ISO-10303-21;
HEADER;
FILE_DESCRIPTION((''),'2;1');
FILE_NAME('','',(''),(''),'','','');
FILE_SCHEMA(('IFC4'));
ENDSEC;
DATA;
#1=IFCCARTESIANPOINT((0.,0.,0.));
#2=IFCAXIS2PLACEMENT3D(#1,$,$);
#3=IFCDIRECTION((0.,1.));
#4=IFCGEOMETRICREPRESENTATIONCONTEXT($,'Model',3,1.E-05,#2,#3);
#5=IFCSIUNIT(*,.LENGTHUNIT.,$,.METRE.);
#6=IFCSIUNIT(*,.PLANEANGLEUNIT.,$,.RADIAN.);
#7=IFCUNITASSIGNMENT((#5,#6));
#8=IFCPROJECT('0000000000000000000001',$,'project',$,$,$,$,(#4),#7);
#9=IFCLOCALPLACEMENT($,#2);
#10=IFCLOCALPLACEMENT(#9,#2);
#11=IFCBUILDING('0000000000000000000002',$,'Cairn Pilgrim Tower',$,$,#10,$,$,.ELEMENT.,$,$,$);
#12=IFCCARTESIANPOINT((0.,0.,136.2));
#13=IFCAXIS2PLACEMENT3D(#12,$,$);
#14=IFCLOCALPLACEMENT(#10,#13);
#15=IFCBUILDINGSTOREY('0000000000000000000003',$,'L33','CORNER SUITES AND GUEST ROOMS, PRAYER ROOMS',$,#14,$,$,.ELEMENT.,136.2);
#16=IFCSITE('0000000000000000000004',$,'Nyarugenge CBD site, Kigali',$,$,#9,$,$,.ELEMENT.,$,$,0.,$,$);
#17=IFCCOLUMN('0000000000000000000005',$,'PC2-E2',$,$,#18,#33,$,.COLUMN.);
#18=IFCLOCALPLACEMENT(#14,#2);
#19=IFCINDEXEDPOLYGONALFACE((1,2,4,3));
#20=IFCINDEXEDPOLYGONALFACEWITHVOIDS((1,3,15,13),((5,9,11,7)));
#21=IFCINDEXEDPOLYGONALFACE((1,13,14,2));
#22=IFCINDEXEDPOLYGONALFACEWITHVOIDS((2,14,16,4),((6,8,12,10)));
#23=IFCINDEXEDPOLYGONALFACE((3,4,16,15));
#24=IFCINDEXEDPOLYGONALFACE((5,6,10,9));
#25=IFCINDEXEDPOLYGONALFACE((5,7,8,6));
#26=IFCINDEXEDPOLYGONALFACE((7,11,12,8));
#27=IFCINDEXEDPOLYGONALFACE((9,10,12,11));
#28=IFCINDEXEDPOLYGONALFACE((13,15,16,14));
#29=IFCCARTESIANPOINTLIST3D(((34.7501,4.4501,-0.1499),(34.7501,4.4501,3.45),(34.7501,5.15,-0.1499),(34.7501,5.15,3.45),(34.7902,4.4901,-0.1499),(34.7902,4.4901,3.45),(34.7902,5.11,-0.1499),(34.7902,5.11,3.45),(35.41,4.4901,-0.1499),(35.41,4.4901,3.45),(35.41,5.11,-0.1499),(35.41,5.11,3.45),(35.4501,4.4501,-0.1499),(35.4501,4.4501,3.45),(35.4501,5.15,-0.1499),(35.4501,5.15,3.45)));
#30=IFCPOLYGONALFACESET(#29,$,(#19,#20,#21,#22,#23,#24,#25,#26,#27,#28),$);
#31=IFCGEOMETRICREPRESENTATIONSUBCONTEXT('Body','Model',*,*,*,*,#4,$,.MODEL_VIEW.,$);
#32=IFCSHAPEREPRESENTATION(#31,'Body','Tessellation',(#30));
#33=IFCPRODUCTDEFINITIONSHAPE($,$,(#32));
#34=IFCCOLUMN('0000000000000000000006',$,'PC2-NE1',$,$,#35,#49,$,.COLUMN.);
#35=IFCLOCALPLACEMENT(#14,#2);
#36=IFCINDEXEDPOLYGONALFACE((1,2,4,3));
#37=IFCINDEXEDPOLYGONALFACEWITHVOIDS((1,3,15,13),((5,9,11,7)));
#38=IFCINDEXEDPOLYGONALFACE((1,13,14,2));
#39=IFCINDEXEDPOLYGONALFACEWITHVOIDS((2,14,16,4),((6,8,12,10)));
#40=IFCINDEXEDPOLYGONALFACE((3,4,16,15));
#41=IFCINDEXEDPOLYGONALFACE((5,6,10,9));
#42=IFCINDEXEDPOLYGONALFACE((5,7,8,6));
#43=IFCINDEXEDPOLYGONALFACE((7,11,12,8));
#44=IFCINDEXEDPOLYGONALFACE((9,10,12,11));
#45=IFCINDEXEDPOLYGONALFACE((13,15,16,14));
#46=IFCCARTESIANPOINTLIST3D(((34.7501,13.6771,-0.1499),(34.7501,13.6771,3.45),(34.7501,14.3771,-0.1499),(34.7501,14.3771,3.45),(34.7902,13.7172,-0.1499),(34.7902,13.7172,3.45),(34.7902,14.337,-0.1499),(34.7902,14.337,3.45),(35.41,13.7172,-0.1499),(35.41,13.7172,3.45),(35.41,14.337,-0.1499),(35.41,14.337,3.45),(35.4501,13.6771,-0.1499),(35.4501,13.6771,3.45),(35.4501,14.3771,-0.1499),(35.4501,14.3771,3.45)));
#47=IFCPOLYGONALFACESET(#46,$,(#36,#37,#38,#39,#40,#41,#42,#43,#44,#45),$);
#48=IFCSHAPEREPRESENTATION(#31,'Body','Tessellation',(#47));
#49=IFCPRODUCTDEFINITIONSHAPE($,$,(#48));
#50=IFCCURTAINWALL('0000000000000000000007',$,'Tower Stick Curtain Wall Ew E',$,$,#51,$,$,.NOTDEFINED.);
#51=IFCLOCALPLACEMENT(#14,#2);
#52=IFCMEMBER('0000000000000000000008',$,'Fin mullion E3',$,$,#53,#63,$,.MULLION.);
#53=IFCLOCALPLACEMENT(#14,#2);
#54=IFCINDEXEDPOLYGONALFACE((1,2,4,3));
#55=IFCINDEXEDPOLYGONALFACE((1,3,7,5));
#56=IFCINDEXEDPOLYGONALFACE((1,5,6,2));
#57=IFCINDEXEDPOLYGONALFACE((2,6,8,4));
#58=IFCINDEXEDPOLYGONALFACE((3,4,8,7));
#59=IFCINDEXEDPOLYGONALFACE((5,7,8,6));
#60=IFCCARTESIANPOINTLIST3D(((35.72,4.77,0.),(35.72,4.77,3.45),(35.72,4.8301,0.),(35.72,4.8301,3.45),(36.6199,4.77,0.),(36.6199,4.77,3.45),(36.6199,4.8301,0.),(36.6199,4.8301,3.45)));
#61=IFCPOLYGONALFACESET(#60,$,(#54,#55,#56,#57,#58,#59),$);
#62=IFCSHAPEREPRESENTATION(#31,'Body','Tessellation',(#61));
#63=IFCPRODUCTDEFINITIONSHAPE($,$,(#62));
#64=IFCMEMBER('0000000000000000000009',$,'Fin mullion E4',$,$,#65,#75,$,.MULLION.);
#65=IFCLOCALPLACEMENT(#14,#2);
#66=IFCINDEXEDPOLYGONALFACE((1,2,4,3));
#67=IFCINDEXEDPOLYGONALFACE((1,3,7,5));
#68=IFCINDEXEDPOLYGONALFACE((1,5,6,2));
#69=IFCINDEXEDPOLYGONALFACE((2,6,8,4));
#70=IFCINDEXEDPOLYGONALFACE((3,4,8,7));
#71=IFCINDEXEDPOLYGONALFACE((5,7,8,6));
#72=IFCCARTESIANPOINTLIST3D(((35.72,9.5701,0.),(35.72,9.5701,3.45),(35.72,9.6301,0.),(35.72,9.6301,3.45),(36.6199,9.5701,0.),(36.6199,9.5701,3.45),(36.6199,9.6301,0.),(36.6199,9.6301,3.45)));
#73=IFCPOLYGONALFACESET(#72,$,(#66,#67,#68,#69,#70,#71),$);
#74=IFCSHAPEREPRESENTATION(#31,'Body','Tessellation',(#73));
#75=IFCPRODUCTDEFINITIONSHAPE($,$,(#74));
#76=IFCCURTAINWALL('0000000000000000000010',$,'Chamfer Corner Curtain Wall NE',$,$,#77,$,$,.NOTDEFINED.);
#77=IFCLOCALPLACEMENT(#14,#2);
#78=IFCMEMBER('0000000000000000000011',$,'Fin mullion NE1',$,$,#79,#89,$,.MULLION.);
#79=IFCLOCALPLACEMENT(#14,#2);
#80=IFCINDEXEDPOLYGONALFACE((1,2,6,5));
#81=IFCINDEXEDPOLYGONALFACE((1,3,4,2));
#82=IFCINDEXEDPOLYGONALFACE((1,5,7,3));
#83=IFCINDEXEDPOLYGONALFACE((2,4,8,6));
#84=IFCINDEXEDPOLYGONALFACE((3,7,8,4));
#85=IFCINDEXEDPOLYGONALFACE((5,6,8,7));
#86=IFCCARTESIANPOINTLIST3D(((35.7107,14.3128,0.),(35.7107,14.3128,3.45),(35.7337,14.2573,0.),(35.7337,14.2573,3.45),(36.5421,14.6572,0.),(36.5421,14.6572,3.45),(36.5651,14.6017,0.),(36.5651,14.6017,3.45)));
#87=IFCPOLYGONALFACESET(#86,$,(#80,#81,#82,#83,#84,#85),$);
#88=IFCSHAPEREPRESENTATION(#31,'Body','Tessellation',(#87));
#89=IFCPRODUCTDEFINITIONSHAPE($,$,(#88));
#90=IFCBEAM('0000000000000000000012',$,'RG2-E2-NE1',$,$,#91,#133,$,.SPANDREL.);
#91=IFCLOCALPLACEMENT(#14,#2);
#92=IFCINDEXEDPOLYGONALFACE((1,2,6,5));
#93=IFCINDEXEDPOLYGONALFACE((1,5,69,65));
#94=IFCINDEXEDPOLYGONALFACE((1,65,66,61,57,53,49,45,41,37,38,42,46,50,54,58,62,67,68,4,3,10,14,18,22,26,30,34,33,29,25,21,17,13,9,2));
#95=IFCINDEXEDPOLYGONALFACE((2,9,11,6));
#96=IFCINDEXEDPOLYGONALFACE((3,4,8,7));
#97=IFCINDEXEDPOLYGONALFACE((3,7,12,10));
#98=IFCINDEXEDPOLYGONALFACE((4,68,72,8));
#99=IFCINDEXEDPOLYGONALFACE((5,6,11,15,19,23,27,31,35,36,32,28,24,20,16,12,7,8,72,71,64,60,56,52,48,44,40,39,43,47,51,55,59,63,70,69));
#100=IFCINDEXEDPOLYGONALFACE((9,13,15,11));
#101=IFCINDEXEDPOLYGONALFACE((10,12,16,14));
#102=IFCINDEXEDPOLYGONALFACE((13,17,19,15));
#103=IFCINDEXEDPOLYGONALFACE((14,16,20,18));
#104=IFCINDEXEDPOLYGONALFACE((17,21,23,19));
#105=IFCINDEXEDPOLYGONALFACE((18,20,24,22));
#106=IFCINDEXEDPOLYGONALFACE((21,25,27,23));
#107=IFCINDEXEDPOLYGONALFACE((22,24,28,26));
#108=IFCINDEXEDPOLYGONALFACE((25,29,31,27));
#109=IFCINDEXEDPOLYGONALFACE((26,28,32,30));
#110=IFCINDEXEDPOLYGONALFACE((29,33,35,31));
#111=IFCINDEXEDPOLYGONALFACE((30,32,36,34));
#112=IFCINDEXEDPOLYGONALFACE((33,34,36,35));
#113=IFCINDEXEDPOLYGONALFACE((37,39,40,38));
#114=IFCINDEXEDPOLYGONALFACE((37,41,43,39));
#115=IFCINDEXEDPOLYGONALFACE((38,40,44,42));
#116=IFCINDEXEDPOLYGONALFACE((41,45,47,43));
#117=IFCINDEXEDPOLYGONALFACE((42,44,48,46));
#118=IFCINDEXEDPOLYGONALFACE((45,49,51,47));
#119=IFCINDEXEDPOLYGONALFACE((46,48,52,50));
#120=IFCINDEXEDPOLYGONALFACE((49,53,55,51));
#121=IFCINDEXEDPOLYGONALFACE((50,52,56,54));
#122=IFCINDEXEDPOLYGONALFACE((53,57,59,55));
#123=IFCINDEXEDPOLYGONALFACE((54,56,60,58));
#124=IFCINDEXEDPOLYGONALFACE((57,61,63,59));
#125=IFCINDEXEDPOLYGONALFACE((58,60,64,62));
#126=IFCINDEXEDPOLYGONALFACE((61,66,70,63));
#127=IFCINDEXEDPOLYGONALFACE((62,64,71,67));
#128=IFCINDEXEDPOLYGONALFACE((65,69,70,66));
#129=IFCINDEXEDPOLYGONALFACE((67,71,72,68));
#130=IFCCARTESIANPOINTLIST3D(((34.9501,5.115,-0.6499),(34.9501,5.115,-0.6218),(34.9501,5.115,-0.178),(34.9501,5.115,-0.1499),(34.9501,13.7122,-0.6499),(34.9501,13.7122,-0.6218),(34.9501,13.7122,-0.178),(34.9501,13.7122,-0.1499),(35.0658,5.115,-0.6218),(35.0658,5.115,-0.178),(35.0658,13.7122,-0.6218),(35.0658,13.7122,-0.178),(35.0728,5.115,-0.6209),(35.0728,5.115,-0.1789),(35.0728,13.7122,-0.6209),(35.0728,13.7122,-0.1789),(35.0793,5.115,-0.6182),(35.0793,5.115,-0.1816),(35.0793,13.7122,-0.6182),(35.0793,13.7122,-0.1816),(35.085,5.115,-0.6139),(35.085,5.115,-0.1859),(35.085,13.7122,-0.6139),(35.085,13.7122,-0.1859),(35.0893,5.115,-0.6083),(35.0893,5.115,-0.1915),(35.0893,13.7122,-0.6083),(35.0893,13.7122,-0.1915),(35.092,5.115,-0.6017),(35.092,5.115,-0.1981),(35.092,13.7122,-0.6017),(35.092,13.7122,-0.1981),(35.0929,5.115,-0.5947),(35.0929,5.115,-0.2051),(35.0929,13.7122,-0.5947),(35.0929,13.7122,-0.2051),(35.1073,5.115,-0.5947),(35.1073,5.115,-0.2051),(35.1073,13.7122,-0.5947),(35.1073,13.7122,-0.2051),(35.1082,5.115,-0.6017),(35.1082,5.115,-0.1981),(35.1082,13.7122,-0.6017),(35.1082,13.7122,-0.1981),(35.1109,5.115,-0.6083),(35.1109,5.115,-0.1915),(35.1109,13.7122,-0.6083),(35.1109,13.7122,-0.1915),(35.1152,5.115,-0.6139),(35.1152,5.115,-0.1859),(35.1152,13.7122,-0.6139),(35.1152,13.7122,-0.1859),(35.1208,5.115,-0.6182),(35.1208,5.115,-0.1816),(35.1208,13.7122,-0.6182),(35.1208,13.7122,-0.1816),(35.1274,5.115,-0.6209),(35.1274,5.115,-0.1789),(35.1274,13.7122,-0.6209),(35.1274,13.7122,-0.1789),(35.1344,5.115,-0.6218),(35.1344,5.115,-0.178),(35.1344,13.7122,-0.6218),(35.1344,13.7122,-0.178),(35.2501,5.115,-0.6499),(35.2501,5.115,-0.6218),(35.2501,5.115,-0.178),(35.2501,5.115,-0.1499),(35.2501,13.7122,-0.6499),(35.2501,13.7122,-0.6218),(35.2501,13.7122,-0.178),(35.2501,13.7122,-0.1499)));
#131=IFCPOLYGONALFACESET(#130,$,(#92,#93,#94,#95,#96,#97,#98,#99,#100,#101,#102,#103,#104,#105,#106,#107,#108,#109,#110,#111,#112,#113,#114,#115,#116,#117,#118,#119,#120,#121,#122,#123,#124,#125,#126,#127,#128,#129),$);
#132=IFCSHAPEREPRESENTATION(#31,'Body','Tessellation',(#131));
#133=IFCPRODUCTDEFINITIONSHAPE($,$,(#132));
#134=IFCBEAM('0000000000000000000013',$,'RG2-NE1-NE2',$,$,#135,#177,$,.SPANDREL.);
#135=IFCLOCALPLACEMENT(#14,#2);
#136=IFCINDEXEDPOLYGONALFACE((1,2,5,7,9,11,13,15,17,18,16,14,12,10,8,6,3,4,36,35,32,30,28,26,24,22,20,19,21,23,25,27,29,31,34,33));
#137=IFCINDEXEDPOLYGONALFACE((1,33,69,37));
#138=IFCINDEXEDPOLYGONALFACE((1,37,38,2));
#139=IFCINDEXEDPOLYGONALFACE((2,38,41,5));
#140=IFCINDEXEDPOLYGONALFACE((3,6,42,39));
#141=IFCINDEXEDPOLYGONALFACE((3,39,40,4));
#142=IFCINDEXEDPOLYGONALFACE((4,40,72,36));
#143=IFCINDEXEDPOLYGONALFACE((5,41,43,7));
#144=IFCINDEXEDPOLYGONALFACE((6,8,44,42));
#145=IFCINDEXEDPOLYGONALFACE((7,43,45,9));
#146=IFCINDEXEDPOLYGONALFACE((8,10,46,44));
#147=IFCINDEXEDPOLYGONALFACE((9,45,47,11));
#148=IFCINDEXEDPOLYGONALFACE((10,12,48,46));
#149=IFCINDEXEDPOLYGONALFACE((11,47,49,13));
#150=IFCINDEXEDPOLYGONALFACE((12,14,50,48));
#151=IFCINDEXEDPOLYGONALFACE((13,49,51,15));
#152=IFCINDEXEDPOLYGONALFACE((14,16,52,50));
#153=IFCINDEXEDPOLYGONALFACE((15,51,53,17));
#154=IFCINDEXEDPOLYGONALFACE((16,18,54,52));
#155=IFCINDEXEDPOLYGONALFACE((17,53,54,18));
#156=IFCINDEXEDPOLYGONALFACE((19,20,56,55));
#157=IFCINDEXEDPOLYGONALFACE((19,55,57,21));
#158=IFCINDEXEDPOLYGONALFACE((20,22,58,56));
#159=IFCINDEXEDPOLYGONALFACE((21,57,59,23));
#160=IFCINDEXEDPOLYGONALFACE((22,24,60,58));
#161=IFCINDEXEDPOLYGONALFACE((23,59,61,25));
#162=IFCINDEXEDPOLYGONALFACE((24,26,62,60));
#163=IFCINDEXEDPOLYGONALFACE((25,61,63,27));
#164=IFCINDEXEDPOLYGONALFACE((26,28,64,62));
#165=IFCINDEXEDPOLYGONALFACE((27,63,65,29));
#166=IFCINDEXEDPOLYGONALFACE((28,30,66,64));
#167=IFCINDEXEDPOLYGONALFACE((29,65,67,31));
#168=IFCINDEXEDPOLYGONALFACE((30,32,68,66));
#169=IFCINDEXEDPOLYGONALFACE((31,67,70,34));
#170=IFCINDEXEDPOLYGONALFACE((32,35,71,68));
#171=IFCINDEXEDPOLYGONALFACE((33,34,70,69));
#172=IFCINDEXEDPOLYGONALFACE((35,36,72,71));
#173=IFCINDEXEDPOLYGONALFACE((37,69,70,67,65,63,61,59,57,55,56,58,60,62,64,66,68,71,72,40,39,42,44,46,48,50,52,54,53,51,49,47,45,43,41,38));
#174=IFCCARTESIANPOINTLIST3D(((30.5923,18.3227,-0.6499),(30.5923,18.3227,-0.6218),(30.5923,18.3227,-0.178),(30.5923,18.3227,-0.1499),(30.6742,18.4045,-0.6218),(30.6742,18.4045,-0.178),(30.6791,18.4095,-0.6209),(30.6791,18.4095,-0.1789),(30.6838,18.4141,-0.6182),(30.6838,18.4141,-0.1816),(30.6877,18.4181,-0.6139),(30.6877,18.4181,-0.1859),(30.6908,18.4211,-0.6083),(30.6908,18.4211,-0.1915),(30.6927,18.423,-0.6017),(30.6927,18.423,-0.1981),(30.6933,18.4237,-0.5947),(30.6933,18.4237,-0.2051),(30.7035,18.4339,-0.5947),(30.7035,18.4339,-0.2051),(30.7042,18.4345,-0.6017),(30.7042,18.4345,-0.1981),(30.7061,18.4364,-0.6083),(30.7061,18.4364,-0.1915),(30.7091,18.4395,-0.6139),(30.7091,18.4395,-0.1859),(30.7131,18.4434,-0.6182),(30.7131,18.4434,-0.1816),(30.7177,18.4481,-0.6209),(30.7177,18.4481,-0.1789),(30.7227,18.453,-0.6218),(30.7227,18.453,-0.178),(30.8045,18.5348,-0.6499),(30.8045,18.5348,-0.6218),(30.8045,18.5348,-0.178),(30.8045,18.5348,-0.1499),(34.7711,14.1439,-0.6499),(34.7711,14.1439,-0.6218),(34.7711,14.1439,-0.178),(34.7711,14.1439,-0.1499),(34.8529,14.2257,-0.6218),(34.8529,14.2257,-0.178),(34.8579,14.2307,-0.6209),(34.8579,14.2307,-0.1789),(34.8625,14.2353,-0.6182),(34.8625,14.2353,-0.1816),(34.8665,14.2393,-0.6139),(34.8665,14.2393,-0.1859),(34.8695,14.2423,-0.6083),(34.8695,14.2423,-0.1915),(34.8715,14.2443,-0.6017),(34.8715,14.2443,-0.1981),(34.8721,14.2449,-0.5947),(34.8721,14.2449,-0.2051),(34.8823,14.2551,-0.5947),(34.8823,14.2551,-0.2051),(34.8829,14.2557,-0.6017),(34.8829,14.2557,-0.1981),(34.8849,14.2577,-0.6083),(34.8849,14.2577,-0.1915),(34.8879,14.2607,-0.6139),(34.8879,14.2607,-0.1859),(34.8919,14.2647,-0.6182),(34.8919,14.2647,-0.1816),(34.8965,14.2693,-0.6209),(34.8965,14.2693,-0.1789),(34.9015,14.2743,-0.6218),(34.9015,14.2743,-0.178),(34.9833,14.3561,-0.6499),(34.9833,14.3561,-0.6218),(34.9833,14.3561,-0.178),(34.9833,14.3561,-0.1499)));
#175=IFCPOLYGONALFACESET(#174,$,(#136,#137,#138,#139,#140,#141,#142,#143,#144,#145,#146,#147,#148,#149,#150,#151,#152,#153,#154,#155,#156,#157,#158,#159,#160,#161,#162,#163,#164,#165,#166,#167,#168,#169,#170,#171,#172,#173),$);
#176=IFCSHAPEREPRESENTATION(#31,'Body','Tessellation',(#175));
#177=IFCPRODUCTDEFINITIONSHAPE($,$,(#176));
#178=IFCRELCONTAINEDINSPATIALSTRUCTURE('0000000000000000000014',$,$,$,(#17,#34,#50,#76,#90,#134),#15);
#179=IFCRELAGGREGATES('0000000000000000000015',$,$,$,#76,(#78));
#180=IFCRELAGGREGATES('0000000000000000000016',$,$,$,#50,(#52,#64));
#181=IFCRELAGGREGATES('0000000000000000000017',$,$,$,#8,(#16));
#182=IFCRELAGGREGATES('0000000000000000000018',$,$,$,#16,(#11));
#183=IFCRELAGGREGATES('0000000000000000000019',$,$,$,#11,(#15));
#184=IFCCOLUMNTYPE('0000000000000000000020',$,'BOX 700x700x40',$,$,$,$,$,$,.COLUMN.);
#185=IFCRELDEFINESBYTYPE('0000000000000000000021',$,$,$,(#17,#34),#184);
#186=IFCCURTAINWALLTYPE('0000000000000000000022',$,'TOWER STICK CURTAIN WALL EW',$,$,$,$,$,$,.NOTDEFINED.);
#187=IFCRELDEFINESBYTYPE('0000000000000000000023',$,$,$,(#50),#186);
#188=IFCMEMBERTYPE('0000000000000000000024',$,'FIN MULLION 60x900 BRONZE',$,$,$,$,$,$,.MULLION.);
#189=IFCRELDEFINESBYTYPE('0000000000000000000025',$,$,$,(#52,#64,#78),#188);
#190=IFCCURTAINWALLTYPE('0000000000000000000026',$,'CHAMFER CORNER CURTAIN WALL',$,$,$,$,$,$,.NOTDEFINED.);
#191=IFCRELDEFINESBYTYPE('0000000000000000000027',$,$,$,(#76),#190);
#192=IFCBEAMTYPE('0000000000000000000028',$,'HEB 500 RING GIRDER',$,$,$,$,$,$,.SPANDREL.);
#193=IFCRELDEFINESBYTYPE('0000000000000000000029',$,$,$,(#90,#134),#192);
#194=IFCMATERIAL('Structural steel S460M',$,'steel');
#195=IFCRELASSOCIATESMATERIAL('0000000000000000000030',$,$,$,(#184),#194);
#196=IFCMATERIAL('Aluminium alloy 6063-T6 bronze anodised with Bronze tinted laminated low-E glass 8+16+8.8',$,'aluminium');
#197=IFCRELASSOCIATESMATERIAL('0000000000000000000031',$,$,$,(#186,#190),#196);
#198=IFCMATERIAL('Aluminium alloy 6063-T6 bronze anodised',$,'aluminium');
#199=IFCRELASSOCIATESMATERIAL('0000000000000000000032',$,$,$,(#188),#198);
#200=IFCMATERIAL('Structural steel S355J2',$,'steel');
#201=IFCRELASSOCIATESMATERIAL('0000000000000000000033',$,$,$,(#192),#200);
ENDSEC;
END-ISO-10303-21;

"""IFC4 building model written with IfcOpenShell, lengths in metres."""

from ifc_helpers import new_model, si_unit, direction, frame, origin, origin_2d, place, context, subcontext, project, spatial, rectangle, hollow_rectangle, i_section, extrude, material, material_profile, profile_set, type_object, element, aggregate, save


model = new_model("IFC4")

# Units and contexts
model_context = context("Model", 3, precision=1e-05, world=origin(), true_north=direction((0.0, 1.0)))
body_context = subcontext(model_context, "Body", "Model", "MODEL_VIEW")
ifc_project = project(units=[si_unit("LENGTHUNIT", "METRE"), si_unit("PLANEANGLEUNIT", "RADIAN")], contexts=[model_context])

# Site, building, storey
site_placement = place(None, origin())
site = spatial("IfcSite", under=ifc_project, at=site_placement, Name="Nyarugenge CBD site, Kigali", CompositionType="ELEMENT", RefElevation=0.0)
building_placement = place(site_placement, origin())
building = spatial("IfcBuilding", under=site, at=building_placement, Name="Cairn Pilgrim Tower", CompositionType="ELEMENT")
storey_placement = place(building_placement, frame((0.0, 0.0, 136.2)))
storey = spatial("IfcBuildingStorey", under=building, at=storey_placement, Name="L33", Description="CORNER SUITES AND GUEST ROOMS, PRAYER ROOMS", CompositionType="ELEMENT", Elevation=136.2)

# Columns
ifc_material_1 = material(Name="Structural steel S460M", Category="steel")
ifc_material_profile_1 = material_profile(ifc_material_1, hollow_rectangle(XDim=0.7, YDim=0.7, WallThickness=0.04, at=origin_2d()), Name="BOX 700x700x40")
ifc_profile_set_1 = profile_set([ifc_material_profile_1], Name="Structural steel S460M")
column_type = type_object("IfcColumnType", Name="BOX 700x700x40", PredefinedType="COLUMN", material=ifc_profile_set_1)
for number, where, z_axis, x_axis, name in (
    (1, (35.1001, 4.8, -0.1499), (0.0, 0.0, 1.0), (1.0, 0.0, 0.0), "PC2-E2"),
    (2, (35.1001, 14.0271, -0.1499), (0.0, 0.0, 1.0), (1.0, 0.0, 0.0), "PC2-NE1"),
):
    element("IfcColumn", number, at=place(storey_placement, frame(where, z_axis=z_axis, x_axis=x_axis)), inside=storey, type_object=column_type, Name=name, PredefinedType="COLUMN", context=body_context, shape_type="SweptSolid", body=[
        extrude(hollow_rectangle(XDim=0.7, YDim=0.7, WallThickness=0.04, at=origin_2d()), origin(), (0.0, 0.0, 1.0), 3.5999),
    ])

# Curtain wall, members
ifc_material_2 = material(Name="Aluminium alloy 6063-T6 bronze anodised with Bronze tinted laminated low-E glass 8+16+8.8", Category="aluminium")
curtain_wall_type_1 = type_object("IfcCurtainWallType", Name="TOWER STICK CURTAIN WALL EW", PredefinedType="NOTDEFINED", material=ifc_material_2)
curtain_wall_1_placement = place(storey_placement, origin())
curtain_wall_1 = element("IfcCurtainWall", 3, at=curtain_wall_1_placement, inside=storey, type_object=curtain_wall_type_1, Name="Tower Stick Curtain Wall Ew E", PredefinedType="NOTDEFINED")
ifc_material_3 = material(Name="Aluminium alloy 6063-T6 bronze anodised", Category="aluminium")
ifc_material_profile_2 = material_profile(ifc_material_3, rectangle(XDim=0.8999, YDim=0.0601, at=origin_2d()), Name="FIN MULLION 60x900 BRONZE")
ifc_profile_set_2 = profile_set([ifc_material_profile_2], Name="Aluminium alloy 6063-T6 bronze anodised")
member_type_1 = type_object("IfcMemberType", Name="FIN MULLION 60x900 BRONZE", PredefinedType="MULLION", material=ifc_profile_set_2)
member_1_placement = place(storey_placement, frame((36.1699, 4.8, 0.0), z_axis=(0.0, 0.0, 1.0), x_axis=(1.0, 0.0, 0.0)))
member_1 = element("IfcMember", 4, at=member_1_placement, type_object=member_type_1, Name="Fin mullion E3", PredefinedType="MULLION", context=body_context, shape_type="SweptSolid", body=[
    extrude(rectangle(XDim=0.8999, YDim=0.0601, at=origin_2d()), origin(), (0.0, 0.0, 1.0), 3.45),
])
member_2_placement = place(storey_placement, frame((36.1699, 9.6001, 0.0), z_axis=(0.0, 0.0, 1.0), x_axis=(1.0, 0.0, 0.0)))
member_2 = element("IfcMember", 5, at=member_2_placement, type_object=member_type_1, Name="Fin mullion E4", PredefinedType="MULLION", context=body_context, shape_type="SweptSolid", body=[
    extrude(rectangle(XDim=0.8999, YDim=0.0601, at=origin_2d()), origin(), (0.0, 0.0, 1.0), 3.45),
])

# Curtain wall, member
curtain_wall_type_2 = type_object("IfcCurtainWallType", Name="CHAMFER CORNER CURTAIN WALL", PredefinedType="NOTDEFINED", material=ifc_material_2)
curtain_wall_2_placement = place(storey_placement, origin())
curtain_wall_2 = element("IfcCurtainWall", 6, at=curtain_wall_2_placement, inside=storey, type_object=curtain_wall_type_2, Name="Chamfer Corner Curtain Wall NE", PredefinedType="NOTDEFINED")
member_3_placement = place(storey_placement, frame((36.1379, 14.4573, 0.0), z_axis=(0.0, 0.0, 1.0), x_axis=(0.92388, 0.382683, 0.0)))
member_3 = element("IfcMember", 7, at=member_3_placement, type_object=member_type_1, Name="Fin mullion NE1", PredefinedType="MULLION", context=body_context, shape_type="SweptSolid", body=[
    extrude(rectangle(XDim=0.8999, YDim=0.0601, at=origin_2d()), origin(), (0.0, 0.0, 1.0), 3.45),
])
aggregate(curtain_wall_2, [member_3])

# Beams
ifc_material_4 = material(Name="Structural steel S355J2", Category="steel")
ifc_material_profile_3 = material_profile(ifc_material_4, i_section(OverallWidth=0.3, OverallDepth=0.5, WebThickness=0.0144, FlangeThickness=0.0281, FilletRadius=0.0271, at=origin_2d()), Name="HEB 500")
ifc_profile_set_3 = profile_set([ifc_material_profile_3], Name="Structural steel S355J2")
beam_type_1 = type_object("IfcBeamType", Name="HEB 500 RING GIRDER", PredefinedType="SPANDREL", material=ifc_profile_set_3)
beam_1_placement = place(storey_placement, frame((35.1001, 5.115, -0.3999), z_axis=(0.0, 1.0, 0.0), x_axis=(-1.0, 0.0, 0.0)))
element("IfcBeam", 8, at=beam_1_placement, inside=storey, type_object=beam_type_1, Name="RG2-E2-NE1", PredefinedType="SPANDREL", context=body_context, shape_type="SweptSolid", body=[
    extrude(i_section(OverallWidth=0.3, OverallDepth=0.5, WebThickness=0.0144, FlangeThickness=0.0281, FilletRadius=0.0271, at=origin_2d()), origin(), (0.0, 0.0, 1.0), 8.5972),
])
beam_2_placement = place(storey_placement, frame((34.8772, 14.25, -0.3999), z_axis=(-0.707107, 0.707107, 0.0), x_axis=(-0.707107, -0.707107, 0.0)))
element("IfcBeam", 9, at=beam_2_placement, inside=storey, type_object=beam_type_1, Name="RG2-NE1-NE2", PredefinedType="SPANDREL", context=body_context, shape_type="SweptSolid", body=[
    extrude(i_section(OverallWidth=0.3, OverallDepth=0.5, WebThickness=0.0144, FlangeThickness=0.0281, FilletRadius=0.0271, at=origin_2d()), origin(), (0.0, 0.0, 1.0), 5.9097),
])

aggregate(curtain_wall_1, [member_1, member_2])

save(model, "model.ifc")
